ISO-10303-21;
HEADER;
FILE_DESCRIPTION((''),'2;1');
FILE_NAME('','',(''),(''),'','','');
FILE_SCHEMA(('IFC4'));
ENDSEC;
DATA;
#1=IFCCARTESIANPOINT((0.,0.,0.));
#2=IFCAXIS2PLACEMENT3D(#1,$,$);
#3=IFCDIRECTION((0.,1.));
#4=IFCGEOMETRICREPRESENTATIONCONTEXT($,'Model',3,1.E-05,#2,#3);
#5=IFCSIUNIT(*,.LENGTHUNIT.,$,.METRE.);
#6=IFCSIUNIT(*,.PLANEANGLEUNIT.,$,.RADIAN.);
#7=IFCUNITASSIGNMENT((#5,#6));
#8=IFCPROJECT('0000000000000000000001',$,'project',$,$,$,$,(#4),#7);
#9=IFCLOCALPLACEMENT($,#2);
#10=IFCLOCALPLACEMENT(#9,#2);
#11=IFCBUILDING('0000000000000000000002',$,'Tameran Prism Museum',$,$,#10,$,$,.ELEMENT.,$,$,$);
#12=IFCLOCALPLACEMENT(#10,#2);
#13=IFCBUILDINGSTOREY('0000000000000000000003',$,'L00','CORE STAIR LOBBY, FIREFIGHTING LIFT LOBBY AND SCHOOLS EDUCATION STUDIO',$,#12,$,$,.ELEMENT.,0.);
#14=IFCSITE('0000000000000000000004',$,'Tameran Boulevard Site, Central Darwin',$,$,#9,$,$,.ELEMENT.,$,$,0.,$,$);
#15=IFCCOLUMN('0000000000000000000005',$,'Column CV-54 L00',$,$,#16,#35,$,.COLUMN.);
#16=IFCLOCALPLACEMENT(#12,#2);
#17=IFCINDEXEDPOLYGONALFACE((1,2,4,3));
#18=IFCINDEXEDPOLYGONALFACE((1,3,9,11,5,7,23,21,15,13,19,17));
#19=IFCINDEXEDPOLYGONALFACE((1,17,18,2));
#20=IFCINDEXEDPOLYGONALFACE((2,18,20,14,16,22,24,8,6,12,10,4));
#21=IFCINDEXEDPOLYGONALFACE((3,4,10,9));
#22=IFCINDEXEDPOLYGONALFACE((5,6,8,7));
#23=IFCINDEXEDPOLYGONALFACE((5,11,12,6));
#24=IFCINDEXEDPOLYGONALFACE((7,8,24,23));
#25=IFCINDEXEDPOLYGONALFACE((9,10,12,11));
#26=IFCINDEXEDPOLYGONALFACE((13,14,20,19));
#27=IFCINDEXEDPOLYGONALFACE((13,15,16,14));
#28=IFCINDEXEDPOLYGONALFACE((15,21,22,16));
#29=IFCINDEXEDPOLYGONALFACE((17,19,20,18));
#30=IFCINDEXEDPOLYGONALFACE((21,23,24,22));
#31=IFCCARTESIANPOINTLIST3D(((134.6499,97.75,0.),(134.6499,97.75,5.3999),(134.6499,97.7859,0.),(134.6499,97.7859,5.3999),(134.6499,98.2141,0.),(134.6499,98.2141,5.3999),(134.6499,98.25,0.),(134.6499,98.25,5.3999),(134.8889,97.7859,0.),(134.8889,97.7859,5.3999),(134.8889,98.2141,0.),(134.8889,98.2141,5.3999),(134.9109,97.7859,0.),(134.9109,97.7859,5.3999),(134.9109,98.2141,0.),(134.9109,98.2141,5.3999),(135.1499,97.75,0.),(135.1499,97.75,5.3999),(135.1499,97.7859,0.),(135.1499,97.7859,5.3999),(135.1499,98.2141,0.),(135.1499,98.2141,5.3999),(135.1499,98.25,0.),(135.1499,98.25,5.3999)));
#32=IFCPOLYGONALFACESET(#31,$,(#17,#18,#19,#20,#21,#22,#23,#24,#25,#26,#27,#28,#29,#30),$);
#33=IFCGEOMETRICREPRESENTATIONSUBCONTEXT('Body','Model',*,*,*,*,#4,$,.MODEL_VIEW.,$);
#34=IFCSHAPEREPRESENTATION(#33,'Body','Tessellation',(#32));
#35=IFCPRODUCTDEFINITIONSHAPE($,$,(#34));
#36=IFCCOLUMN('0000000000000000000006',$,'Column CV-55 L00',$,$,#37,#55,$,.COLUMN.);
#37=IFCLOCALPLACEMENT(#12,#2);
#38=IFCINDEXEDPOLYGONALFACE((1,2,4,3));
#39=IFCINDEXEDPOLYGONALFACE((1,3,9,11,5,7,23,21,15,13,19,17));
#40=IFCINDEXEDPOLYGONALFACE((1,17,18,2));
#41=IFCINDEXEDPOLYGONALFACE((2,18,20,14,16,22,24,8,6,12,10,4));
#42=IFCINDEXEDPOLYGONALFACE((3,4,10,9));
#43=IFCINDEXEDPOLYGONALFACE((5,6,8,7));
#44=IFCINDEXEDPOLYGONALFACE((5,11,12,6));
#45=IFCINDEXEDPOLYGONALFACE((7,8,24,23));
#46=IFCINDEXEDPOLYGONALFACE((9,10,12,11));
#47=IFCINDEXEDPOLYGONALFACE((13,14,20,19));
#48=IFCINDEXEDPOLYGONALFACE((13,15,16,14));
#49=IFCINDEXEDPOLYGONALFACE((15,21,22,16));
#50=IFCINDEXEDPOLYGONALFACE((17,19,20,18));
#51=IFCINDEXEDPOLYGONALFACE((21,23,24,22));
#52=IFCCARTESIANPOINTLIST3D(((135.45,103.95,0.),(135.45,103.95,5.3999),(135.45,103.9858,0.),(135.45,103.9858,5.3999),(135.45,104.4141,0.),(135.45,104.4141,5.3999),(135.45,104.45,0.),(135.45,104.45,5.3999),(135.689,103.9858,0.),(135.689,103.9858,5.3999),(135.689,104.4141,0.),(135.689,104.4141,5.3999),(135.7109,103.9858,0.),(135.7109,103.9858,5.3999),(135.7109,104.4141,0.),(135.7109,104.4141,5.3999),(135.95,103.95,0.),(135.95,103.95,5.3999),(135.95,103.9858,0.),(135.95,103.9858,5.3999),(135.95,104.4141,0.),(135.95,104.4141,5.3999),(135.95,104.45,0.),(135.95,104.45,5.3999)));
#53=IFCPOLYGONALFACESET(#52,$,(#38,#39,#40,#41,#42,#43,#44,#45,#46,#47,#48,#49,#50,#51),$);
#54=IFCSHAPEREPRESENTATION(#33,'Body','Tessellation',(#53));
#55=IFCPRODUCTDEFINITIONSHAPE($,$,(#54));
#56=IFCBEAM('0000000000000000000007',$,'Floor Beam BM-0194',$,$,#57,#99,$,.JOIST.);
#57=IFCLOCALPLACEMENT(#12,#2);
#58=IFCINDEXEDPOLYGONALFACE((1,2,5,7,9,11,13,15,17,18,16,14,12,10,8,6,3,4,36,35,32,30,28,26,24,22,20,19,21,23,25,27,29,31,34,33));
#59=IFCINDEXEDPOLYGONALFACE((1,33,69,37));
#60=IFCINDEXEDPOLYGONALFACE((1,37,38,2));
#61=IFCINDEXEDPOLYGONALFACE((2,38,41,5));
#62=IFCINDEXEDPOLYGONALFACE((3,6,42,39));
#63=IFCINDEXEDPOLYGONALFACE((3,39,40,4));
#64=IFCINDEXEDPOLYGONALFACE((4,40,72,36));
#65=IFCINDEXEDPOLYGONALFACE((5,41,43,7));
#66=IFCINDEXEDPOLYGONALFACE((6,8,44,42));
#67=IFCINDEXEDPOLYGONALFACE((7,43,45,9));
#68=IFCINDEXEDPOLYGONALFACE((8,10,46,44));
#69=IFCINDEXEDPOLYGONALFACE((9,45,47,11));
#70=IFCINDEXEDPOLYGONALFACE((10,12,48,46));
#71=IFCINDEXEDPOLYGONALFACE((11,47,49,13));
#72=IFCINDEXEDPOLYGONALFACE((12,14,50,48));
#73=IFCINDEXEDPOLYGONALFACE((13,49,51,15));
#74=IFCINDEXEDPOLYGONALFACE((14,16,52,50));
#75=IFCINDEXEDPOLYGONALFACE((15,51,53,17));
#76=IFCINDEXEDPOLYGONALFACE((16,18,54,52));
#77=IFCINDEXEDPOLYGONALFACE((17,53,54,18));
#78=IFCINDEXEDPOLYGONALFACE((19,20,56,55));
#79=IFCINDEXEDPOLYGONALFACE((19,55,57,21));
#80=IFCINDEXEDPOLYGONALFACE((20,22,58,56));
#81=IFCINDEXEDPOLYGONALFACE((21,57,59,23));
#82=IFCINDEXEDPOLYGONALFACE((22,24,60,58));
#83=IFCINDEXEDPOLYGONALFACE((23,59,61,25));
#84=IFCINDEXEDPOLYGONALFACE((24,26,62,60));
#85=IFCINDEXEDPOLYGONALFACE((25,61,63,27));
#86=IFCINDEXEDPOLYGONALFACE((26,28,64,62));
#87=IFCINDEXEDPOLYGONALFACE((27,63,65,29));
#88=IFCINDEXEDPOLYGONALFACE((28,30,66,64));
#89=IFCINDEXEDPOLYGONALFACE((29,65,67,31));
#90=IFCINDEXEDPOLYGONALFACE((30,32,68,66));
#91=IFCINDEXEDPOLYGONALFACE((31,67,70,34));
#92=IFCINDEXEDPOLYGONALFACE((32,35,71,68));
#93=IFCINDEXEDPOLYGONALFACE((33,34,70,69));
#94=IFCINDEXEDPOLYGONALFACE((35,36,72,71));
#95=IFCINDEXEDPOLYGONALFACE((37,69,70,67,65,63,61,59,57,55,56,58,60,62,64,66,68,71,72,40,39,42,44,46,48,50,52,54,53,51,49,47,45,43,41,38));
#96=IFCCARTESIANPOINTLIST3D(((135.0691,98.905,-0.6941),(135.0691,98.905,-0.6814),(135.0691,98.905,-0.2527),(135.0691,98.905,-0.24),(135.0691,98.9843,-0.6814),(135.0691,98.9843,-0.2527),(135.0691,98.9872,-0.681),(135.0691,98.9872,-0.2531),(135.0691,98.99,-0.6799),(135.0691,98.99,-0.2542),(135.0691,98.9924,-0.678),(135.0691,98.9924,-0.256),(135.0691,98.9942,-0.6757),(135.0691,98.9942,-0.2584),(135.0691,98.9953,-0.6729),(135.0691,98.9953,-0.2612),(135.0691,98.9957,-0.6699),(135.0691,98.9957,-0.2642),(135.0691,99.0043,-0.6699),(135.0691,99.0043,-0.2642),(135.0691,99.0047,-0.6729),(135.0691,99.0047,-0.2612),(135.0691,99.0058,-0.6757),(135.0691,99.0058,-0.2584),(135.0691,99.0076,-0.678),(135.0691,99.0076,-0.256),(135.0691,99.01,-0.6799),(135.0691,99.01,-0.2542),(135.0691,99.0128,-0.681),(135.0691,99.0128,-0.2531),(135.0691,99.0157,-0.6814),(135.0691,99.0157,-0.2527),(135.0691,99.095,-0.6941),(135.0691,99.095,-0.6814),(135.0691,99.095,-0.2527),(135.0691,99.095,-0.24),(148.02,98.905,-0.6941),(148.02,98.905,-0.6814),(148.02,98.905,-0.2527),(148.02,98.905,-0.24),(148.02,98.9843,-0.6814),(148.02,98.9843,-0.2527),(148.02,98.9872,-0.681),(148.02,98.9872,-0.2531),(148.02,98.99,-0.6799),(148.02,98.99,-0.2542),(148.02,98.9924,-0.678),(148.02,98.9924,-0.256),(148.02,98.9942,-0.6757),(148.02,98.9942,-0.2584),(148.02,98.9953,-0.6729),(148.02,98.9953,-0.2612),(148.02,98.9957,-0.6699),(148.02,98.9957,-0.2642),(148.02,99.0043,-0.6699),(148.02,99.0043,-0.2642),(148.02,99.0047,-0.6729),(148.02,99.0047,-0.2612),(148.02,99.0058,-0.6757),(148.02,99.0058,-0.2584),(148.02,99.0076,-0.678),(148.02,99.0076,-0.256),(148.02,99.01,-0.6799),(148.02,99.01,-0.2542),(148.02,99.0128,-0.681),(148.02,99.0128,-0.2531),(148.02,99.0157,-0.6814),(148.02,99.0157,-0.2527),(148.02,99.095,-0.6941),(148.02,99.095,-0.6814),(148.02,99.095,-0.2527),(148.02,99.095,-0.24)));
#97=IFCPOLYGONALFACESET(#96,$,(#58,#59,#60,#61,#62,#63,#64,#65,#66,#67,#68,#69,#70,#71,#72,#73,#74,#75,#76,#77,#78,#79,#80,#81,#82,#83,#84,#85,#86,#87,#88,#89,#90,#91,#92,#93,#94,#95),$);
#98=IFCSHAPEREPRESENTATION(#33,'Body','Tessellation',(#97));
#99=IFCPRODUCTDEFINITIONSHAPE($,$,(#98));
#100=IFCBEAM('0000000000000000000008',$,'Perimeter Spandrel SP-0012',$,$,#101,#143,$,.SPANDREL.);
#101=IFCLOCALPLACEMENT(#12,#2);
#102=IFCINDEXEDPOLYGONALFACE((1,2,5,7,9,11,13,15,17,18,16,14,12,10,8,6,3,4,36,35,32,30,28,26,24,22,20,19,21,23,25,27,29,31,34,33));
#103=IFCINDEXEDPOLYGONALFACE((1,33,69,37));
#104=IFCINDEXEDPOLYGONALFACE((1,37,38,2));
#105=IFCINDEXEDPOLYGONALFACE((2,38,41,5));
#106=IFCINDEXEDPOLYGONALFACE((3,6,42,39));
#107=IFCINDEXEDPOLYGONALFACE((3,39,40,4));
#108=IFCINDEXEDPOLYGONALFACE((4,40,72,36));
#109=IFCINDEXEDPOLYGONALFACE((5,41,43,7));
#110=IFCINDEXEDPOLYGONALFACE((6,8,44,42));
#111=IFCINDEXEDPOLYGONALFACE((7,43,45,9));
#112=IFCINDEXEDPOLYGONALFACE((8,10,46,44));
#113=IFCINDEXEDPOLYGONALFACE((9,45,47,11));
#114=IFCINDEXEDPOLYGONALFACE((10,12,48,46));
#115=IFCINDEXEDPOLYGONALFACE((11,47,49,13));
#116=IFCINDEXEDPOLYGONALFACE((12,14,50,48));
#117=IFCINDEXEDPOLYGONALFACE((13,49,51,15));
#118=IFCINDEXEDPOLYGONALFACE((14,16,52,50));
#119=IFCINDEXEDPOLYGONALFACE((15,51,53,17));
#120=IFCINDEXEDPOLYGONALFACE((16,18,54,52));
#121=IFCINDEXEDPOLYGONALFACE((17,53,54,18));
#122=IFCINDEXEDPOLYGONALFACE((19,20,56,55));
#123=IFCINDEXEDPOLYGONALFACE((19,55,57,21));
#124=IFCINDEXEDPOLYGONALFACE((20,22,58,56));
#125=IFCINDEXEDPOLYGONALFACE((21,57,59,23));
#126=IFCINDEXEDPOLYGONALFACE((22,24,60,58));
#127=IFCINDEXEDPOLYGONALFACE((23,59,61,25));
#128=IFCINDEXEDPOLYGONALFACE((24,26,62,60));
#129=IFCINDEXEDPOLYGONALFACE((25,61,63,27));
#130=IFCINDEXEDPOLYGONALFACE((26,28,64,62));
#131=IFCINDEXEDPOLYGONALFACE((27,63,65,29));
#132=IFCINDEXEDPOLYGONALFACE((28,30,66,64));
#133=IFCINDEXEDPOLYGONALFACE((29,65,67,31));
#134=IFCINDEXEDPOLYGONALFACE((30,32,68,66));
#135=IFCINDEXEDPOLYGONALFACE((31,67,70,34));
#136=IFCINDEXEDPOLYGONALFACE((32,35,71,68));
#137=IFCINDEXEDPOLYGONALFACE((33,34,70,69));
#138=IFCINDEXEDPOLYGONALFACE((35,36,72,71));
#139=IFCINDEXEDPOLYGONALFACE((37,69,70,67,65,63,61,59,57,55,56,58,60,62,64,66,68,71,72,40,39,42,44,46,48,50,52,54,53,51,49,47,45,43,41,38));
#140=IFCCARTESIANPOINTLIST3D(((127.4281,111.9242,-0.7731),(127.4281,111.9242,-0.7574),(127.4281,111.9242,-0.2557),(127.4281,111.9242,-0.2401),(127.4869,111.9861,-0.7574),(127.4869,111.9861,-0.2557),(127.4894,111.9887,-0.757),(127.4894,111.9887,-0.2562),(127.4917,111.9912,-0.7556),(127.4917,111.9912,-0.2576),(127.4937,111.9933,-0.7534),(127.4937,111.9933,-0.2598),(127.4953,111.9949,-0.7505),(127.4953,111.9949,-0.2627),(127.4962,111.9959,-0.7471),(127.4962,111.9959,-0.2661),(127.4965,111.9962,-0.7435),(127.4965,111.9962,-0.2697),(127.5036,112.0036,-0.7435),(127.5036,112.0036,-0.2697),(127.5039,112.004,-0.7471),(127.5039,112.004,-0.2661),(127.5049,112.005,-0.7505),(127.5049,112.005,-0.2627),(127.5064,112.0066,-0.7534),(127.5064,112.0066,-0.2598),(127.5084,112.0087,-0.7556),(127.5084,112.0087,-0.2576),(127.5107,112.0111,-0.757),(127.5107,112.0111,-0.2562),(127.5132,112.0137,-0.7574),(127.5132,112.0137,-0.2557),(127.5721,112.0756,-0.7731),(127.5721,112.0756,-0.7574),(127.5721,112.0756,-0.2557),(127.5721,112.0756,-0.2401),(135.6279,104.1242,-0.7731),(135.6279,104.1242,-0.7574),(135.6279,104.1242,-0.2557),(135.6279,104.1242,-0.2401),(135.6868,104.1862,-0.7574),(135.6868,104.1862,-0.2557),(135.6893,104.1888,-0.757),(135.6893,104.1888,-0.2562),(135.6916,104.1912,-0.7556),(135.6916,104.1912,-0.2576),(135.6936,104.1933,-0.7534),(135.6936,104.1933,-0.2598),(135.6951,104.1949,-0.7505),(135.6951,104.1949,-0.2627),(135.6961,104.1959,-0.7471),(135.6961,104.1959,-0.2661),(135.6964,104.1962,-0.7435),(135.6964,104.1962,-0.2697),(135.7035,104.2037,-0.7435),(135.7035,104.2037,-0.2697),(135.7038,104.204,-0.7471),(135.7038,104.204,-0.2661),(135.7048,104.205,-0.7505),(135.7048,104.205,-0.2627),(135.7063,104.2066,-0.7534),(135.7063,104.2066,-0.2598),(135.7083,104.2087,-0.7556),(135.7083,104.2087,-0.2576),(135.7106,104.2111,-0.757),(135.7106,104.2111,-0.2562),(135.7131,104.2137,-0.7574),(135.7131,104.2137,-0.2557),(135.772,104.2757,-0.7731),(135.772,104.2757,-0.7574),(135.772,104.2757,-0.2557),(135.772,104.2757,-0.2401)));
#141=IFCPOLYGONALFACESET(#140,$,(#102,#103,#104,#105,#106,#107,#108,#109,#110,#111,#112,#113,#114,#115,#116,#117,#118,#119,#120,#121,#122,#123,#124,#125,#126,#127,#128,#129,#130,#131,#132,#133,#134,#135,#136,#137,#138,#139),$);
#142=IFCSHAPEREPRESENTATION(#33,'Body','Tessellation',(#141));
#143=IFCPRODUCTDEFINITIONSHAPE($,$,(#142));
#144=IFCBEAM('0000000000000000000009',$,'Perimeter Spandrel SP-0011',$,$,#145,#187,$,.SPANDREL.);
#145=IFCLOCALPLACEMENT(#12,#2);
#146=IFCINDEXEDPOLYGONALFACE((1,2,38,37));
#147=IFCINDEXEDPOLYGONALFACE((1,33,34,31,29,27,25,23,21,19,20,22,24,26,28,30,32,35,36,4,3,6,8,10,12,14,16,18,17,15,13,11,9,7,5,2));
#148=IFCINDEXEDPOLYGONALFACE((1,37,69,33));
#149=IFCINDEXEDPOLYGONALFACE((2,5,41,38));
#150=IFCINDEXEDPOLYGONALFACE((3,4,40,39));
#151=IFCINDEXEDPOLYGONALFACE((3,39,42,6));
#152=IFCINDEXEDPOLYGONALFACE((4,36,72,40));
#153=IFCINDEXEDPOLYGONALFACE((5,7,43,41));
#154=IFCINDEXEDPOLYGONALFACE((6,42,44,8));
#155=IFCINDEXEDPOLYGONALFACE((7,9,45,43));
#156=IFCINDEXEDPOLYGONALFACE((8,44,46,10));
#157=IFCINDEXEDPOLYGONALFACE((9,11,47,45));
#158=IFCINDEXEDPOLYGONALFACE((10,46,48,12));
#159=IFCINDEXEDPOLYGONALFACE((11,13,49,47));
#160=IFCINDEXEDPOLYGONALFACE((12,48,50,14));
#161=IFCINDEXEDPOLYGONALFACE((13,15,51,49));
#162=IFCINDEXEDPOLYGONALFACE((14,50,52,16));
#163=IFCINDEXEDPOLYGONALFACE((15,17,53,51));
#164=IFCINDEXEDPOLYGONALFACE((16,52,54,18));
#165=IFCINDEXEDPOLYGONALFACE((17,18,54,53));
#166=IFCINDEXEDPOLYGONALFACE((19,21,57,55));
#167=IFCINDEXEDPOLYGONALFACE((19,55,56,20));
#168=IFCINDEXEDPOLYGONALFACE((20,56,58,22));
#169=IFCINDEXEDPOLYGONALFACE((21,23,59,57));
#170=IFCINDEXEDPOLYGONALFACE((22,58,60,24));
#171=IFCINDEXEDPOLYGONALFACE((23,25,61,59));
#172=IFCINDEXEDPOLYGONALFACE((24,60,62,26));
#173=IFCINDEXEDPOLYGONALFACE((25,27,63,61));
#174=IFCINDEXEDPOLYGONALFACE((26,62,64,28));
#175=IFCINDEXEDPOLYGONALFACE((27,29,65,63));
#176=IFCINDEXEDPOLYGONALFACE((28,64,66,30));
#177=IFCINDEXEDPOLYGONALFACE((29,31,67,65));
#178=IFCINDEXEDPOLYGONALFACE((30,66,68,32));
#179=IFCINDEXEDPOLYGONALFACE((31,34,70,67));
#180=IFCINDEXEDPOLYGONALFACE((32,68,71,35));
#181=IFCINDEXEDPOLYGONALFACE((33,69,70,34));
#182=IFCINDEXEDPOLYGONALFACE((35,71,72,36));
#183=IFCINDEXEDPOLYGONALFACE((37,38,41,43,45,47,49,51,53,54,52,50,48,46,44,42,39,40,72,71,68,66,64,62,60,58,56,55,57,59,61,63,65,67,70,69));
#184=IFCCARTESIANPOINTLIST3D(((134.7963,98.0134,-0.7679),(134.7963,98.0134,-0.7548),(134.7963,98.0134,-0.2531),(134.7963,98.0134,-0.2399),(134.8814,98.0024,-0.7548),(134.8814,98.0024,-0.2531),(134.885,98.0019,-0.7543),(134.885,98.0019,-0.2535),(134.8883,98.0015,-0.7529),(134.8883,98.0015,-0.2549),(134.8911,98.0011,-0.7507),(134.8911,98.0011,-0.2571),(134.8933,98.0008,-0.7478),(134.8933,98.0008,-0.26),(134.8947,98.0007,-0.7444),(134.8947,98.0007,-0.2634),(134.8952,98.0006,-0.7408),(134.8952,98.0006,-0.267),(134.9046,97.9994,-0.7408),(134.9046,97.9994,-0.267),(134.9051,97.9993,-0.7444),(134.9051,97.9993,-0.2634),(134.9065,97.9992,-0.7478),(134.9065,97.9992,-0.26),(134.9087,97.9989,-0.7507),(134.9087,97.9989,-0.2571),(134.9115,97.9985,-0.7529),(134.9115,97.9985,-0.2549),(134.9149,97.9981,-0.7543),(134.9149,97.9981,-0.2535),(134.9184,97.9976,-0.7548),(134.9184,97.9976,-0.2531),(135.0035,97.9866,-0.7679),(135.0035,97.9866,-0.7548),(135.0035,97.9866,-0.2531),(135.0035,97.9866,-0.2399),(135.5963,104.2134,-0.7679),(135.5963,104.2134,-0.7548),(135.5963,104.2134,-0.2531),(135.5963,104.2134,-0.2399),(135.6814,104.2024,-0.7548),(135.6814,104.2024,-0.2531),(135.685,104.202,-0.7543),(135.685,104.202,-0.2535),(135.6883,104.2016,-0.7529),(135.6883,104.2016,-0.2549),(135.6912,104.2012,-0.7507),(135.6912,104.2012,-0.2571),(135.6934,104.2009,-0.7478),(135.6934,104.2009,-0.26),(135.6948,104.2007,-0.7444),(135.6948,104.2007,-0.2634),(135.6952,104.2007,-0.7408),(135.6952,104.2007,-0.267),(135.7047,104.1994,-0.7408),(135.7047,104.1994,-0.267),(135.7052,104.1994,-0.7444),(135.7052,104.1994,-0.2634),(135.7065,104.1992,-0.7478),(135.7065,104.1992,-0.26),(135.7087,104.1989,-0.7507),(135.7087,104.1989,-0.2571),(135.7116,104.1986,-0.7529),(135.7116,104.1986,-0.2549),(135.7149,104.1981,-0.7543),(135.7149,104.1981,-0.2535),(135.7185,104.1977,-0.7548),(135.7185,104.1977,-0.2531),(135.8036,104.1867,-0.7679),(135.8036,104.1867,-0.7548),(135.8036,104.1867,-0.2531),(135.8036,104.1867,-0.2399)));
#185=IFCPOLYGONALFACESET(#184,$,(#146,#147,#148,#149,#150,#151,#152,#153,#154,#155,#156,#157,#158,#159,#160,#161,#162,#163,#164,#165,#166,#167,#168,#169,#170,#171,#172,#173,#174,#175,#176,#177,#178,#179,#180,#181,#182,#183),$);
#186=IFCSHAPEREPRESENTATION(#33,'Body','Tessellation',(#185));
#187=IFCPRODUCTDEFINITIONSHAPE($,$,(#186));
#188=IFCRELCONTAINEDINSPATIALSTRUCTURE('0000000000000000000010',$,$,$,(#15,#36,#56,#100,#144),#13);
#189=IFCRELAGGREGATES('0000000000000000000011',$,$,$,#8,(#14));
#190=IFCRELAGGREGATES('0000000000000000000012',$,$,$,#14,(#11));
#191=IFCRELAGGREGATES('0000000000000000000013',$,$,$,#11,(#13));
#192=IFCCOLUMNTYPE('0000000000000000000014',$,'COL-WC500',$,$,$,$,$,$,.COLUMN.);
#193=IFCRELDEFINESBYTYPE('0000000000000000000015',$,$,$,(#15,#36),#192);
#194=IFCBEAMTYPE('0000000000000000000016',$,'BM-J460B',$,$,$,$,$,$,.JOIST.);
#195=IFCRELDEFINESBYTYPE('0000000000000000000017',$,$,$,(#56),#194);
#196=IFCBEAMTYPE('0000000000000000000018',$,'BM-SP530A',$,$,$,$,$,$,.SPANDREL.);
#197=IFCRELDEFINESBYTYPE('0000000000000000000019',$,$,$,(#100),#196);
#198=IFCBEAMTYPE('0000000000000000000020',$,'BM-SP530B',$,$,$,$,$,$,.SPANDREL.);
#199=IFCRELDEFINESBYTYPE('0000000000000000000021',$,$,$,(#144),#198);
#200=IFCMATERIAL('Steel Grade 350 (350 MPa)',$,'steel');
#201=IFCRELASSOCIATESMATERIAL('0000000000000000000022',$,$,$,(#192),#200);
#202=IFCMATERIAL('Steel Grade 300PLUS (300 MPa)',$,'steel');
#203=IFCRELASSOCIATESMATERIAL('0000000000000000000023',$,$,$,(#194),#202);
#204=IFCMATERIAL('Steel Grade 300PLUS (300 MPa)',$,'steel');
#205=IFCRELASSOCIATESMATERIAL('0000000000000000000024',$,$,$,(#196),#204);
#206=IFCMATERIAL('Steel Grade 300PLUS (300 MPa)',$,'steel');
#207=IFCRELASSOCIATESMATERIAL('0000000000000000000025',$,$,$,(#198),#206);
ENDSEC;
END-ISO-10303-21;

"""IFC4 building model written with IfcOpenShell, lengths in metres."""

from ifc_helpers import new_model, si_unit, direction, frame, origin, origin_2d, place, context, subcontext, project, spatial, i_section, extrude, material, material_profile, profile_set, type_object, element, save


model = new_model("IFC4")

# Units and contexts
model_context = context("Model", 3, precision=1e-05, world=origin(), true_north=direction((0.0, 1.0)))
body_context = subcontext(model_context, "Body", "Model", "MODEL_VIEW")
ifc_project = project(units=[si_unit("LENGTHUNIT", "METRE"), si_unit("PLANEANGLEUNIT", "RADIAN")], contexts=[model_context])

# Site, building, storey
site_placement = place(None, origin())
site = spatial("IfcSite", under=ifc_project, at=site_placement, Name="Tameran Boulevard Site, Central Darwin", CompositionType="ELEMENT", RefElevation=0.0)
building_placement = place(site_placement, origin())
building = spatial("IfcBuilding", under=site, at=building_placement, Name="Tameran Prism Museum", CompositionType="ELEMENT")
storey_placement = place(building_placement, origin())
storey = spatial("IfcBuildingStorey", under=building, at=storey_placement, Name="L00", Description="CORE STAIR LOBBY, FIREFIGHTING LIFT LOBBY AND SCHOOLS EDUCATION STUDIO", CompositionType="ELEMENT", Elevation=0.0)

# Columns
ifc_material_1 = material(Name="Steel Grade 350 (350 MPa)", Category="steel")
ifc_material_profile_1 = material_profile(ifc_material_1, i_section(OverallWidth=0.5, OverallDepth=0.5, WebThickness=0.022, FlangeThickness=0.0359, at=origin_2d()))
ifc_profile_set_1 = profile_set([ifc_material_profile_1])
column_type = type_object("IfcColumnType", Name="COL-WC500", PredefinedType="COLUMN", material=ifc_profile_set_1)
for number, where, z_axis, x_axis, name in (
    (1, (134.8999, 98.0, 0.0), (0.0, 0.0, 1.0), (1.0, 0.0, 0.0), "Column CV-54 L00"),
    (2, (135.7, 104.2, 0.0), (0.0, 0.0, 1.0), (1.0, 0.0, 0.0), "Column CV-55 L00"),
):
    element("IfcColumn", number, at=place(storey_placement, frame(where, z_axis=z_axis, x_axis=x_axis)), inside=storey, type_object=column_type, Name=name, PredefinedType="COLUMN", context=body_context, shape_type="SweptSolid", body=[
        extrude(i_section(OverallWidth=0.5, OverallDepth=0.5, WebThickness=0.022, FlangeThickness=0.0359, at=origin_2d()), origin(), (0.0, 0.0, 1.0), 5.3999),
    ])

# Beams
ifc_material_2 = material(Name="Steel Grade 300PLUS (300 MPa)", Category="steel")
ifc_material_profile_2 = material_profile(ifc_material_2, i_section(OverallWidth=0.1899, OverallDepth=0.4541, WebThickness=0.0085, FlangeThickness=0.0127, FilletRadius=0.0115, at=origin_2d()))
ifc_profile_set_2 = profile_set([ifc_material_profile_2])
beam_type_1 = type_object("IfcBeamType", Name="BM-J460B", PredefinedType="JOIST", material=ifc_profile_set_2)
beam_1_placement = place(storey_placement, frame((135.0691, 99.0, -0.467), z_axis=(1.0, 0.0, 0.0), x_axis=(0.0, 1.0, 0.0)))
element("IfcBeam", 3, at=beam_1_placement, inside=storey, type_object=beam_type_1, Name="Floor Beam BM-0194", PredefinedType="JOIST", context=body_context, shape_type="SweptSolid", body=[
    extrude(i_section(OverallWidth=0.1899, OverallDepth=0.4541, WebThickness=0.0085, FlangeThickness=0.0127, FilletRadius=0.0115, at=origin_2d()), origin(), (0.0, 0.0, 1.0), 12.9509),
])
ifc_material_3 = material(Name="Steel Grade 300PLUS (300 MPa)", Category="steel")
ifc_material_profile_3 = material_profile(ifc_material_3, i_section(OverallWidth=0.209, OverallDepth=0.533, WebThickness=0.0103, FlangeThickness=0.0156, FilletRadius=0.0139, at=origin_2d()))
ifc_profile_set_3 = profile_set([ifc_material_profile_3])
beam_type_2 = type_object("IfcBeamType", Name="BM-SP530A", PredefinedType="SPANDREL", material=ifc_profile_set_3)
beam_2_placement = place(storey_placement, frame((135.7, 104.2, -0.5066), z_axis=(-0.724554, 0.689218, 0.0), x_axis=(-0.689218, -0.724554, 0.0)))
element("IfcBeam", 4, at=beam_2_placement, inside=storey, type_object=beam_type_2, Name="Perimeter Spandrel SP-0012", PredefinedType="SPANDREL", context=body_context, shape_type="SweptSolid", body=[
    extrude(i_section(OverallWidth=0.209, OverallDepth=0.533, WebThickness=0.0103, FlangeThickness=0.0156, FilletRadius=0.0139, at=origin_2d()), origin(), (0.0, 0.0, 1.0), 11.3171),
])
ifc_material_4 = material(Name="Steel Grade 300PLUS (300 MPa)", Category="steel")
ifc_material_profile_4 = material_profile(ifc_material_4, i_section(OverallWidth=0.209, OverallDepth=0.5281, WebThickness=0.0095, FlangeThickness=0.0132, FilletRadius=0.0139, at=origin_2d()))
ifc_profile_set_4 = profile_set([ifc_material_profile_4])
beam_type_3 = type_object("IfcBeamType", Name="BM-SP530B", PredefinedType="SPANDREL", material=ifc_profile_set_4)
beam_3_placement = place(storey_placement, frame((134.8999, 98.0, -0.5039), z_axis=(0.12798, 0.991777, 0.0), x_axis=(-0.991777, 0.12798, 0.0)))
element("IfcBeam", 5, at=beam_3_placement, inside=storey, type_object=beam_type_3, Name="Perimeter Spandrel SP-0011", PredefinedType="SPANDREL", context=body_context, shape_type="SweptSolid", body=[
    extrude(i_section(OverallWidth=0.209, OverallDepth=0.5281, WebThickness=0.0095, FlangeThickness=0.0132, FilletRadius=0.0139, at=origin_2d()), origin(), (0.0, 0.0, 1.0), 6.2515),
])

save(model, "model.ifc")
